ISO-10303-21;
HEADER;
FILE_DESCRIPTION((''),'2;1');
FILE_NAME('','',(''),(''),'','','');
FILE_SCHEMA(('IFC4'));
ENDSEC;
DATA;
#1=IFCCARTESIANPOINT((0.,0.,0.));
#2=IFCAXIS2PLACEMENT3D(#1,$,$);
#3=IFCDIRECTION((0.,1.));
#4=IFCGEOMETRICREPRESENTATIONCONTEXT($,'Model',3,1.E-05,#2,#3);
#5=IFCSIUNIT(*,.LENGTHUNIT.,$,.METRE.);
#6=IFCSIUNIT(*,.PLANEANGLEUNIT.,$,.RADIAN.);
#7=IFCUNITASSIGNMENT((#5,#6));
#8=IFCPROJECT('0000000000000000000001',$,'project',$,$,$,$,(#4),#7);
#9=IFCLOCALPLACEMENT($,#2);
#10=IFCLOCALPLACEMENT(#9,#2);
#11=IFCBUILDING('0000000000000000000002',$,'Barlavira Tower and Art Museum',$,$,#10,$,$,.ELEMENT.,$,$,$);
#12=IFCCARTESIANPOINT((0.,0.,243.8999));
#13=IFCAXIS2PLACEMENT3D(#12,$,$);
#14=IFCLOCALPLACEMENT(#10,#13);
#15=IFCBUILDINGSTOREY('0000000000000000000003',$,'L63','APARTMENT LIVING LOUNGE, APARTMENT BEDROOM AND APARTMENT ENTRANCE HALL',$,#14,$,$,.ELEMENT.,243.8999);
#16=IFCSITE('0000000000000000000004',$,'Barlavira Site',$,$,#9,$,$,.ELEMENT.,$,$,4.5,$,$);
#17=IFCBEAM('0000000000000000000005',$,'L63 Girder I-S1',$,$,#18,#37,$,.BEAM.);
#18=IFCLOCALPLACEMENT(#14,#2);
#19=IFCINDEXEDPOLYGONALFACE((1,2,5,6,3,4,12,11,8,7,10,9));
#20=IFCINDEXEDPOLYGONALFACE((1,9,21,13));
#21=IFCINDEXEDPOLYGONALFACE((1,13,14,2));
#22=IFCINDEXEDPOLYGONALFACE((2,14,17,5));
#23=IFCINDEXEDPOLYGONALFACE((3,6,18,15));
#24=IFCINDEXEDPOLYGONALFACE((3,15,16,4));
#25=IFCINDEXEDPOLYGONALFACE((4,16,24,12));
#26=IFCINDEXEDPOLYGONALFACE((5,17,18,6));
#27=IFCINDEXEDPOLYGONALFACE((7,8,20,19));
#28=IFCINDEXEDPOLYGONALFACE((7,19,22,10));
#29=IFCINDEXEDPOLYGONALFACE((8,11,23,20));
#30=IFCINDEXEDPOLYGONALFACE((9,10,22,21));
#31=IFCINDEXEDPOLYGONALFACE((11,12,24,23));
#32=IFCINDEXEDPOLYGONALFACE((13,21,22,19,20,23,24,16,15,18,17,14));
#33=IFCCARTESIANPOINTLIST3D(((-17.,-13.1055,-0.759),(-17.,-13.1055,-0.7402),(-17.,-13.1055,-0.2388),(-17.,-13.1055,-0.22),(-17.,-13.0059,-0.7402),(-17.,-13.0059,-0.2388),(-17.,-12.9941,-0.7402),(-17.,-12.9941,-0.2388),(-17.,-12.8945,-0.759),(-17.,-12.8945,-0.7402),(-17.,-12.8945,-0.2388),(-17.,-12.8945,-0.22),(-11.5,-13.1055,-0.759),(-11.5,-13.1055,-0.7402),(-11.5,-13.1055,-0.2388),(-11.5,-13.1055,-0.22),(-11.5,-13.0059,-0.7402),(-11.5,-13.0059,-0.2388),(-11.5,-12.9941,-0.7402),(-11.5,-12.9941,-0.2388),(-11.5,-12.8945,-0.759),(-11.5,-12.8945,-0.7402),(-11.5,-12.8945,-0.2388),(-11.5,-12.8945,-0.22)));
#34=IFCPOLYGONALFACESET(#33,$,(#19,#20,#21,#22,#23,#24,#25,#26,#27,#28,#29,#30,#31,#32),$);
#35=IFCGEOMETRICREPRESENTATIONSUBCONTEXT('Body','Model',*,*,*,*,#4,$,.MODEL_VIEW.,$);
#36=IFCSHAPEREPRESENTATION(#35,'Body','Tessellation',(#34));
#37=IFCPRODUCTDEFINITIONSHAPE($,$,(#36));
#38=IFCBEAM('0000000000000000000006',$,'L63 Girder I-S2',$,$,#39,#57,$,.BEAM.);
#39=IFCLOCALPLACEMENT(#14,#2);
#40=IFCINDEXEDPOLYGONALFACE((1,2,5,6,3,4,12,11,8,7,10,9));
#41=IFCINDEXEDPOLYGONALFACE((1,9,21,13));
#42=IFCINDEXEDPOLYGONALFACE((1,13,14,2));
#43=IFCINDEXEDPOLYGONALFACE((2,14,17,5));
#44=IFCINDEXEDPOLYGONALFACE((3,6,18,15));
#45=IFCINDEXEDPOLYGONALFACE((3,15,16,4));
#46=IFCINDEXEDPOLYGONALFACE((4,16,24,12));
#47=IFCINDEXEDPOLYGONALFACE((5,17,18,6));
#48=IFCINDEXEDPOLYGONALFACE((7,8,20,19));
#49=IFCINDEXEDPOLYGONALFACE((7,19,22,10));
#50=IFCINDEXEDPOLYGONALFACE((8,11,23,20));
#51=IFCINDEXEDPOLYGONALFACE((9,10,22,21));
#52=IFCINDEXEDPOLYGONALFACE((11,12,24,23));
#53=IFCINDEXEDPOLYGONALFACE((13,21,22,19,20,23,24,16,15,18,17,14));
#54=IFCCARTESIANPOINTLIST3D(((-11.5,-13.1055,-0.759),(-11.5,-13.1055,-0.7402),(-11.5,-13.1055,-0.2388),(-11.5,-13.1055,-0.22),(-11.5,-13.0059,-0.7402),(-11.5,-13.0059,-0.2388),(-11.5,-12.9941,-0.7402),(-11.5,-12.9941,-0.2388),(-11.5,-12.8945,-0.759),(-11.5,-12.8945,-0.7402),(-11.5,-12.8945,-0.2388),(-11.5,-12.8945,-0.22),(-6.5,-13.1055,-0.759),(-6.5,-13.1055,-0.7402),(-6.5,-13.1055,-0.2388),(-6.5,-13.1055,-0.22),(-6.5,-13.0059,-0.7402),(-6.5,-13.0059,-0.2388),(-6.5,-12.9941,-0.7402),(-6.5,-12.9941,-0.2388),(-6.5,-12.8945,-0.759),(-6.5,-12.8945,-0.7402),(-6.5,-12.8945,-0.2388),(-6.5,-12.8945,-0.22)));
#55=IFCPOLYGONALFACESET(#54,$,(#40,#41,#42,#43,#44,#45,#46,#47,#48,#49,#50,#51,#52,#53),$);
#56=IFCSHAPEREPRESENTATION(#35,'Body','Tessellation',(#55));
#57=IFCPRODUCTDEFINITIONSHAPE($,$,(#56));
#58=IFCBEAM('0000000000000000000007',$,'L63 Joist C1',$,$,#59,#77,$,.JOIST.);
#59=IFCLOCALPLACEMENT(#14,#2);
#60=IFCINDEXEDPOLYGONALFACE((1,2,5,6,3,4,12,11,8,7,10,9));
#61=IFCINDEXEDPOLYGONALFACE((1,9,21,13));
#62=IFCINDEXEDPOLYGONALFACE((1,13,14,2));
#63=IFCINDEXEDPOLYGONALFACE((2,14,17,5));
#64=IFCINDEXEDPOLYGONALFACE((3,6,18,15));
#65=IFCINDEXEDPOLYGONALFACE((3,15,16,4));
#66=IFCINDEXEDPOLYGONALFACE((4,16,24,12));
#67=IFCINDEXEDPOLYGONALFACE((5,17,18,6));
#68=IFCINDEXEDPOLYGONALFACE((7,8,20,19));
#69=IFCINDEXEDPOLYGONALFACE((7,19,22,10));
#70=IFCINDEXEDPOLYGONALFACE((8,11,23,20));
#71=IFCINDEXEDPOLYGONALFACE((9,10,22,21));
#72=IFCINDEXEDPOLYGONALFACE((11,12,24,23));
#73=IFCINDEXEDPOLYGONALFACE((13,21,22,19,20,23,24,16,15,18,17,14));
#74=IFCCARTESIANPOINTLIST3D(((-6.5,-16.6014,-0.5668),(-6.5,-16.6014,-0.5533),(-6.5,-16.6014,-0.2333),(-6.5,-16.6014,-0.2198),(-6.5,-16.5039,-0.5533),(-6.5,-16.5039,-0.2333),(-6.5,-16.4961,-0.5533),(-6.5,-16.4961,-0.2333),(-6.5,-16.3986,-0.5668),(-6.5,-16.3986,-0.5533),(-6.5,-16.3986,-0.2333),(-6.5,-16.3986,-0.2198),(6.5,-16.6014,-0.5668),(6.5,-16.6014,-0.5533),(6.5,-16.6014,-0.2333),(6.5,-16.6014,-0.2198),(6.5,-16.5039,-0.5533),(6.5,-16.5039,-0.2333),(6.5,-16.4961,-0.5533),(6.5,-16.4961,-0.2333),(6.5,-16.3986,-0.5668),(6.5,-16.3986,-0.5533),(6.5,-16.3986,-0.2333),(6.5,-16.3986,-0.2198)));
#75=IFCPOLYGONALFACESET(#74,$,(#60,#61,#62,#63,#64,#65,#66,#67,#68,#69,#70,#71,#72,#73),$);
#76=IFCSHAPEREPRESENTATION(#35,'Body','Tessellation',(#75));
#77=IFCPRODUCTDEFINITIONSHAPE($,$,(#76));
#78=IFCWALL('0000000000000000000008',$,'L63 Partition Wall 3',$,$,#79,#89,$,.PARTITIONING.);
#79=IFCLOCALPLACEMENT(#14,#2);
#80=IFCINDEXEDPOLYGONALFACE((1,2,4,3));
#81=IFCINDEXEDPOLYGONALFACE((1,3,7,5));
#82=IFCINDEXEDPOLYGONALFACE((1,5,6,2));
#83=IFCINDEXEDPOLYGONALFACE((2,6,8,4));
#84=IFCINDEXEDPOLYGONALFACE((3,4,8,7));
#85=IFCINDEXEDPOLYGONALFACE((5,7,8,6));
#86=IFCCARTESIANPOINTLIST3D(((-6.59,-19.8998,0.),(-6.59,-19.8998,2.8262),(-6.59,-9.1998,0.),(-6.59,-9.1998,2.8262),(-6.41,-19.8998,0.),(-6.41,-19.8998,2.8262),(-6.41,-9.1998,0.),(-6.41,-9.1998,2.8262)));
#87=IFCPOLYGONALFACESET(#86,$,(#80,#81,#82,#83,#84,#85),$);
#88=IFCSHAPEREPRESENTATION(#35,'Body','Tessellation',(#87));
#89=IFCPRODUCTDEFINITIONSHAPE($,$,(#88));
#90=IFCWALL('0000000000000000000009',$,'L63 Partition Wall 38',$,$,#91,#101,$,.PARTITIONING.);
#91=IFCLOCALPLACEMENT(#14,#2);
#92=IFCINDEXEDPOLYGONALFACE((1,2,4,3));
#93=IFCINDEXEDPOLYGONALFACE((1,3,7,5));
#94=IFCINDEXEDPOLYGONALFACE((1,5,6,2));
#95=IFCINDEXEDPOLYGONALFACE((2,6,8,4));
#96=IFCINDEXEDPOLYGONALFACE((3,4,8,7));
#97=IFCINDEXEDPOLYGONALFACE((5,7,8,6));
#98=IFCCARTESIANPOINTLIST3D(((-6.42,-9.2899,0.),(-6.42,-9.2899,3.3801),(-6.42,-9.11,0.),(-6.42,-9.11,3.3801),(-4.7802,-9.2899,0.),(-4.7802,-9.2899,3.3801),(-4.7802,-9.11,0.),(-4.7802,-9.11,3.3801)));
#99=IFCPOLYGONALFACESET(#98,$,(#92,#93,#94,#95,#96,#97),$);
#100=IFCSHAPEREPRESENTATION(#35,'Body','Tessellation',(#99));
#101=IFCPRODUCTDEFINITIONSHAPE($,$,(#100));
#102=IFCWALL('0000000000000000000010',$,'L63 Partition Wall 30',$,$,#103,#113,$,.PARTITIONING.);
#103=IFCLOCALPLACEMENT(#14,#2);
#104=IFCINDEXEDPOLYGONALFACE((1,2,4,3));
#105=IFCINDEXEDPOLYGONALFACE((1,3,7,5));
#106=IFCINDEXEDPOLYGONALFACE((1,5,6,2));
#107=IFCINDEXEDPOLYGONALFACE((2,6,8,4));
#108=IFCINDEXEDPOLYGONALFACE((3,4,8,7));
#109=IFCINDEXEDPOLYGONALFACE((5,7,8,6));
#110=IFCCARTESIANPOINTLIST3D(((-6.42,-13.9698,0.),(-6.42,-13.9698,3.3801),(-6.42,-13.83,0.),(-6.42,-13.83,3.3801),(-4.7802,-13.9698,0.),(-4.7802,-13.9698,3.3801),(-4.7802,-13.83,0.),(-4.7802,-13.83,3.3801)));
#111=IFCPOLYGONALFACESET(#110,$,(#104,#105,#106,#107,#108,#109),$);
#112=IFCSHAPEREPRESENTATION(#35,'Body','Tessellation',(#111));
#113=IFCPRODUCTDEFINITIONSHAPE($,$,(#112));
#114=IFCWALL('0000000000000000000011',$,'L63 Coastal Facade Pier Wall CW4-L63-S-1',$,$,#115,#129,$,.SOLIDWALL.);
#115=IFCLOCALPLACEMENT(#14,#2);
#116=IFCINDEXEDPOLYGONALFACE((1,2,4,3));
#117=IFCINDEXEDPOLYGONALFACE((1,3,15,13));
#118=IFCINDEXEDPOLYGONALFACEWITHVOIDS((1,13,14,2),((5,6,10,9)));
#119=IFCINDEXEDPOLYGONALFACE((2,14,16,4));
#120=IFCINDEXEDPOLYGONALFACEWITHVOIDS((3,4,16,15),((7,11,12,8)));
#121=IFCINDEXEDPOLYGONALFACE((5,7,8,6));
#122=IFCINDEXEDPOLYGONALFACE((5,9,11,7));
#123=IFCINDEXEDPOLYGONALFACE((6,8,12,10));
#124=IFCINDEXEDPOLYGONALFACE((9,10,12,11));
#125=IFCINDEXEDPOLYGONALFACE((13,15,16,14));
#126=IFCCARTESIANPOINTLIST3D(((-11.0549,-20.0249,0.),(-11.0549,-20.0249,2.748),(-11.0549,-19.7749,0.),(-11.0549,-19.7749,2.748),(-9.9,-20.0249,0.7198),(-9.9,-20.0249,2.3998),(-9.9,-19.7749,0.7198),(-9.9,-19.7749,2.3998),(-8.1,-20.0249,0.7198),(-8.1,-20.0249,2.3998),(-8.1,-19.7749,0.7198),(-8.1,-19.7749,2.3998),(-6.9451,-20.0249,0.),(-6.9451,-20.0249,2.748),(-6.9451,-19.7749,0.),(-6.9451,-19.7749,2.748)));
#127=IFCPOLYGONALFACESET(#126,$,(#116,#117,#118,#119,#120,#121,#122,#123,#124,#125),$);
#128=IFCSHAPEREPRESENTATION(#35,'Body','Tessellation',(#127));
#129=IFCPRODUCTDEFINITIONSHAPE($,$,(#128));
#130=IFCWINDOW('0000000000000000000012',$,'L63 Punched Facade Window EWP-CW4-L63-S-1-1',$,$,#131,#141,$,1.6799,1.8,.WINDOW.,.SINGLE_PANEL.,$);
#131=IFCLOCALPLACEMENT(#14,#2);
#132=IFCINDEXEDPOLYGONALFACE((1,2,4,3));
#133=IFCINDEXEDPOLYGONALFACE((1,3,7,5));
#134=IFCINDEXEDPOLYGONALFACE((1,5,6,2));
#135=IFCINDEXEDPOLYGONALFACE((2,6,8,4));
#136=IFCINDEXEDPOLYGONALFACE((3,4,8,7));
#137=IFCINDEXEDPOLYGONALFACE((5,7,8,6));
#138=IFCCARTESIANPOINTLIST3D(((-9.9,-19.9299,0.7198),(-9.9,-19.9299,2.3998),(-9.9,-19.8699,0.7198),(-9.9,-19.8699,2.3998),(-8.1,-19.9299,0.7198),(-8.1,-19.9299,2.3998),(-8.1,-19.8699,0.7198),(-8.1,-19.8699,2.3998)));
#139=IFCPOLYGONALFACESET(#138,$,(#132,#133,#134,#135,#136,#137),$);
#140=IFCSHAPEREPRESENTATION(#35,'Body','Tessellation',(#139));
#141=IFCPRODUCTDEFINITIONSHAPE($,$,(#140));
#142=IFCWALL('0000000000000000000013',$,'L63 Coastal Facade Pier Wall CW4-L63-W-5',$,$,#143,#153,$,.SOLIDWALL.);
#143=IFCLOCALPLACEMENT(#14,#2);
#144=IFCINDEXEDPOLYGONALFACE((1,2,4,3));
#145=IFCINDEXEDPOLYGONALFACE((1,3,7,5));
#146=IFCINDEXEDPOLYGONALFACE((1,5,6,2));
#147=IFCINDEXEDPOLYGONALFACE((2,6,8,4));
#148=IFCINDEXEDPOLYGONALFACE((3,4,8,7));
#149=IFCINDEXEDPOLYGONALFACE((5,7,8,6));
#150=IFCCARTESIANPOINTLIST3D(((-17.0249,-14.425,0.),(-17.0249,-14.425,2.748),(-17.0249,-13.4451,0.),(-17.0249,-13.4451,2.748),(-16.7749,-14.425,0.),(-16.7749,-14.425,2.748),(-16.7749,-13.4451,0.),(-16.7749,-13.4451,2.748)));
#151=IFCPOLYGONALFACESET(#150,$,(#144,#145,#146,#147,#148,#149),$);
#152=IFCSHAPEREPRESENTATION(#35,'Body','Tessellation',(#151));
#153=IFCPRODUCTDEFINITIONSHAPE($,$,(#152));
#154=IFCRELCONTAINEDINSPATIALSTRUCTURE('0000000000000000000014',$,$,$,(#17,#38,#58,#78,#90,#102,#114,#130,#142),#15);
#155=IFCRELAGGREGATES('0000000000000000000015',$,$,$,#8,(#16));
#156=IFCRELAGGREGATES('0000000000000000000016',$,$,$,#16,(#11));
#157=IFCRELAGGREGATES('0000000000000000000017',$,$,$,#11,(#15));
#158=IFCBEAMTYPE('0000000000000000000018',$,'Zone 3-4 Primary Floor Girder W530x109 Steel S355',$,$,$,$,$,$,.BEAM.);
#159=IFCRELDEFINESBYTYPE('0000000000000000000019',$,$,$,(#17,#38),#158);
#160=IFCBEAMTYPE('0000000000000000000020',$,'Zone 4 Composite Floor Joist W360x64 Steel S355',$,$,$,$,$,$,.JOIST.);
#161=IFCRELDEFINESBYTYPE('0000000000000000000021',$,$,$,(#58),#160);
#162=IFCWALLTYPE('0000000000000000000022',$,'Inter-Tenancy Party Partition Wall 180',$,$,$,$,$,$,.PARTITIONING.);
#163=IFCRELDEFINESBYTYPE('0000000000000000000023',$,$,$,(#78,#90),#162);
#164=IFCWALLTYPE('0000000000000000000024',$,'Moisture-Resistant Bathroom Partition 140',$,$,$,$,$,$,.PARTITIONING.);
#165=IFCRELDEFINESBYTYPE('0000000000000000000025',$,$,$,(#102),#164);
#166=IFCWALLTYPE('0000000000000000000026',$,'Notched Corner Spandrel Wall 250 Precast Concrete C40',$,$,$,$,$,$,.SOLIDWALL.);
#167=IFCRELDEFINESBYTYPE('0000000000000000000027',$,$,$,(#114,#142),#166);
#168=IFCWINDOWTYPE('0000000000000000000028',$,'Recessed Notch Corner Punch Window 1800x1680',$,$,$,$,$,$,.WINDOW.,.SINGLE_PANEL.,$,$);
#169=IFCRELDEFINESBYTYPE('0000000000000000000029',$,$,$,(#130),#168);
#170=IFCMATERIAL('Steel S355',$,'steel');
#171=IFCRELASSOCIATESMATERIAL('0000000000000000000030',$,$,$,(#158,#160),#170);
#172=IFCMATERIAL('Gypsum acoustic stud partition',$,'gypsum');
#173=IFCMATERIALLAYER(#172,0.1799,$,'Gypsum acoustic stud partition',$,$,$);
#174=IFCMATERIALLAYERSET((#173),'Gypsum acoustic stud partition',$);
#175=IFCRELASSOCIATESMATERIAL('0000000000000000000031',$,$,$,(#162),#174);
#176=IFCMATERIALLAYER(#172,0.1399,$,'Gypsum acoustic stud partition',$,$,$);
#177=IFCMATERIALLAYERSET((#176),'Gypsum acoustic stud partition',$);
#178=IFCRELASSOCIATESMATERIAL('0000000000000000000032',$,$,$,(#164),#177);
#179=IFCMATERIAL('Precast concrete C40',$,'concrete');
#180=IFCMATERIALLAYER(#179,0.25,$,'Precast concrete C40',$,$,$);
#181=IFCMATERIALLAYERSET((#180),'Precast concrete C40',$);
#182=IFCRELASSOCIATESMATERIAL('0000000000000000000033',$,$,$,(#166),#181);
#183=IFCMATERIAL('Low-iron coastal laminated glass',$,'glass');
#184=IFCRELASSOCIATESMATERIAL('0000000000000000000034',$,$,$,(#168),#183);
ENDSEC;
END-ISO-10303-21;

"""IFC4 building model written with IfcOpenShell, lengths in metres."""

from ifc_helpers import new_model, si_unit, direction, frame, frame_2d, origin, origin_2d, place, context, subcontext, project, spatial, rectangle, i_section, extrude, material, layer, layer_set, material_profile, profile_set, type_object, element, fill, save


model = new_model("IFC4")

# Units and contexts
model_context = context("Model", 3, precision=1e-05, world=origin(), true_north=direction((0.0, 1.0)))
body_context = subcontext(model_context, "Body", "Model", "MODEL_VIEW")
ifc_project = project(units=[si_unit("LENGTHUNIT", "METRE"), si_unit("PLANEANGLEUNIT", "RADIAN")], contexts=[model_context])

# Site, building, storey
site_placement = place(None, origin())
site = spatial("IfcSite", under=ifc_project, at=site_placement, Name="Barlavira Site", CompositionType="ELEMENT", RefElevation=4.5)
building_placement = place(site_placement, origin())
building = spatial("IfcBuilding", under=site, at=building_placement, Name="Barlavira Tower and Art Museum", CompositionType="ELEMENT")
storey_placement = place(building_placement, frame((0.0, 0.0, 243.8999)))
storey = spatial("IfcBuildingStorey", under=building, at=storey_placement, Name="L63", Description="APARTMENT LIVING LOUNGE, APARTMENT BEDROOM AND APARTMENT ENTRANCE HALL", CompositionType="ELEMENT", Elevation=243.8999)

# Shared definitions
ifc_material_1 = material(Name="Low-iron coastal laminated glass", Category="glass")

# Beams
ifc_material_2 = material(Name="Steel S355", Category="steel")
ifc_material_profile_1 = material_profile(ifc_material_2, i_section(OverallWidth=0.2109, OverallDepth=0.5391, WebThickness=0.0117, FlangeThickness=0.0188, at=origin_2d()), Name="W530x109.0")
ifc_profile_set_1 = profile_set([ifc_material_profile_1], Name="Steel S355")
beam_type_1 = type_object("IfcBeamType", Name="Zone 3-4 Primary Floor Girder W530x109 Steel S355", PredefinedType="BEAM", material=ifc_profile_set_1)
beam_1_placement = place(storey_placement, frame((-17.0, -13.0, -0.4895), z_axis=(1.0, 0.0, 0.0), x_axis=(0.0, 1.0, 0.0)))
element("IfcBeam", 1, at=beam_1_placement, inside=storey, type_object=beam_type_1, Name="L63 Girder I-S1", PredefinedType="BEAM", context=body_context, shape_type="SweptSolid", body=[
    extrude(i_section(OverallWidth=0.2109, OverallDepth=0.5391, WebThickness=0.0117, FlangeThickness=0.0188, at=origin_2d()), origin(), (0.0, 0.0, 1.0), 5.5),
])
beam_2_placement = place(storey_placement, frame((-11.5, -13.0, -0.4895), z_axis=(1.0, 0.0, 0.0), x_axis=(0.0, 1.0, 0.0)))
element("IfcBeam", 2, at=beam_2_placement, inside=storey, type_object=beam_type_1, Name="L63 Girder I-S2", PredefinedType="BEAM", context=body_context, shape_type="SweptSolid", body=[
    extrude(i_section(OverallWidth=0.2109, OverallDepth=0.5391, WebThickness=0.0117, FlangeThickness=0.0188, at=origin_2d()), origin(), (0.0, 0.0, 1.0), 5.0),
])
ifc_material_profile_2 = material_profile(ifc_material_2, i_section(OverallWidth=0.2029, OverallDepth=0.3469, WebThickness=0.0078, FlangeThickness=0.0134, at=origin_2d()), Name="W360x64.0")
ifc_profile_set_2 = profile_set([ifc_material_profile_2], Name="Steel S355")
beam_type_2 = type_object("IfcBeamType", Name="Zone 4 Composite Floor Joist W360x64 Steel S355", PredefinedType="JOIST", material=ifc_profile_set_2)
beam_3_placement = place(storey_placement, frame((-6.5, -16.5, -0.3933), z_axis=(1.0, 0.0, 0.0), x_axis=(0.0, 1.0, 0.0)))
element("IfcBeam", 3, at=beam_3_placement, inside=storey, type_object=beam_type_2, Name="L63 Joist C1", PredefinedType="JOIST", context=body_context, shape_type="SweptSolid", body=[
    extrude(i_section(OverallWidth=0.2029, OverallDepth=0.3469, WebThickness=0.0078, FlangeThickness=0.0134, at=origin_2d()), origin(), (0.0, 0.0, 1.0), 13.0),
])

# Walls
ifc_material_3 = material(Name="Gypsum acoustic stud partition", Category="gypsum")
ifc_layer_1 = layer(ifc_material_3, 0.1799, Name="Gypsum acoustic stud partition")
ifc_layer_set_1 = layer_set([ifc_layer_1], Name="Gypsum acoustic stud partition")
wall_type_1 = type_object("IfcWallType", Name="Inter-Tenancy Party Partition Wall 180", PredefinedType="PARTITIONING", material=ifc_layer_set_1)
wall_1_placement = place(storey_placement, frame((-6.5, -19.8999, 0.0), z_axis=(0.0, 0.0, 1.0), x_axis=(0.0, 1.0, 0.0)))
element("IfcWall", 4, at=wall_1_placement, inside=storey, type_object=wall_type_1, Name="L63 Partition Wall 3", PredefinedType="PARTITIONING", context=body_context, shape_type="SweptSolid", body=[
    extrude(rectangle(XDim=10.7, YDim=0.1799, at=frame_2d((5.3501, 0.0))), origin(), (0.0, 0.0, 1.0), 2.8262),
])
wall_2_placement = place(storey_placement, frame((-6.4199, -9.2, 0.0), z_axis=(0.0, 0.0, 1.0), x_axis=(1.0, 0.0, 0.0)))
element("IfcWall", 5, at=wall_2_placement, inside=storey, type_object=wall_type_1, Name="L63 Partition Wall 38", PredefinedType="PARTITIONING", context=body_context, shape_type="SweptSolid", body=[
    extrude(rectangle(XDim=1.6399, YDim=0.1799, at=frame_2d((0.8198, 0.0))), origin(), (0.0, 0.0, 1.0), 3.3801),
])
ifc_layer_2 = layer(ifc_material_3, 0.1399, Name="Gypsum acoustic stud partition")
ifc_layer_set_2 = layer_set([ifc_layer_2], Name="Gypsum acoustic stud partition")
wall_type_2 = type_object("IfcWallType", Name="Moisture-Resistant Bathroom Partition 140", PredefinedType="PARTITIONING", material=ifc_layer_set_2)
wall_3_placement = place(storey_placement, frame((-6.4199, -13.8999, 0.0), z_axis=(0.0, 0.0, 1.0), x_axis=(1.0, 0.0, 0.0)))
element("IfcWall", 6, at=wall_3_placement, inside=storey, type_object=wall_type_2, Name="L63 Partition Wall 30", PredefinedType="PARTITIONING", context=body_context, shape_type="SweptSolid", body=[
    extrude(rectangle(XDim=1.6399, YDim=0.1399, at=frame_2d((0.8198, 0.0))), origin(), (0.0, 0.0, 1.0), 3.3801),
])

# Wall, opening, window
ifc_material_4 = material(Name="Precast concrete C40", Category="concrete")
ifc_layer_3 = layer(ifc_material_4, 0.25, Name="Precast concrete C40")
ifc_layer_set_3 = layer_set([ifc_layer_3], Name="Precast concrete C40")
wall_type_3 = type_object("IfcWallType", Name="Notched Corner Spandrel Wall 250 Precast Concrete C40", PredefinedType="SOLIDWALL", material=ifc_layer_set_3)
wall_4_placement = place(storey_placement, frame((-11.0549, -19.8999, 0.0), z_axis=(0.0, 0.0, 1.0), x_axis=(1.0, 0.0, 0.0)))
wall_4 = element("IfcWall", 7, at=wall_4_placement, inside=storey, type_object=wall_type_3, Name="L63 Coastal Facade Pier Wall CW4-L63-S-1", PredefinedType="SOLIDWALL", context=body_context, shape_type="SweptSolid", body=[
    extrude(rectangle(XDim=4.1099, YDim=0.25, at=frame_2d((2.0549, 0.0))), origin(), (0.0, 0.0, 1.0), 2.748),
])
opening_1_placement = place(wall_4_placement, frame((1.155, 0.0, 0.72)))
opening_1 = element("IfcOpeningElement", 8, at=opening_1_placement, cuts=wall_4, PredefinedType="OPENING", context=body_context, shape_type="SweptSolid", body=[
    extrude(rectangle(XDim=1.8, YDim=1.6799, at=frame_2d((0.8999, 0.8398))), frame((0.0, 0.135, 0.0), z_axis=(0.0, -1.0, 0.0), x_axis=(1.0, 0.0, 0.0)), (0.0, 0.0, 1.0), 0.27),
])
window_type = type_object("IfcWindowType", Name="Recessed Notch Corner Punch Window 1800x1680", PartitioningType="SINGLE_PANEL", PredefinedType="WINDOW", material=ifc_material_1)
window_1_placement = place(opening_1_placement, origin())
window_1 = element("IfcWindow", 9, at=window_1_placement, inside=storey, type_object=window_type, Name="L63 Punched Facade Window EWP-CW4-L63-S-1-1", OverallHeight=1.6799, OverallWidth=1.8, PartitioningType="SINGLE_PANEL", PredefinedType="WINDOW", context=body_context, shape_type="SweptSolid", body=[
    extrude(rectangle(XDim=1.8, YDim=1.6799, at=frame_2d((0.8999, 0.8398))), frame((0.0, 0.03, 0.0), z_axis=(0.0, -1.0, 0.0), x_axis=(1.0, 0.0, 0.0)), (0.0, 0.0, 1.0), 0.0601),
])
fill(opening_1, window_1)

# Wall
wall_5_placement = place(storey_placement, frame((-16.8999, -13.4451, 0.0), z_axis=(0.0, 0.0, 1.0), x_axis=(0.0, -1.0, 0.0)))
element("IfcWall", 10, at=wall_5_placement, inside=storey, type_object=wall_type_3, Name="L63 Coastal Facade Pier Wall CW4-L63-W-5", PredefinedType="SOLIDWALL", context=body_context, shape_type="SweptSolid", body=[
    extrude(rectangle(XDim=0.98, YDim=0.25, at=frame_2d((0.49, 0.0))), origin(), (0.0, 0.0, 1.0), 2.748),
])

save(model, "model.ifc")
